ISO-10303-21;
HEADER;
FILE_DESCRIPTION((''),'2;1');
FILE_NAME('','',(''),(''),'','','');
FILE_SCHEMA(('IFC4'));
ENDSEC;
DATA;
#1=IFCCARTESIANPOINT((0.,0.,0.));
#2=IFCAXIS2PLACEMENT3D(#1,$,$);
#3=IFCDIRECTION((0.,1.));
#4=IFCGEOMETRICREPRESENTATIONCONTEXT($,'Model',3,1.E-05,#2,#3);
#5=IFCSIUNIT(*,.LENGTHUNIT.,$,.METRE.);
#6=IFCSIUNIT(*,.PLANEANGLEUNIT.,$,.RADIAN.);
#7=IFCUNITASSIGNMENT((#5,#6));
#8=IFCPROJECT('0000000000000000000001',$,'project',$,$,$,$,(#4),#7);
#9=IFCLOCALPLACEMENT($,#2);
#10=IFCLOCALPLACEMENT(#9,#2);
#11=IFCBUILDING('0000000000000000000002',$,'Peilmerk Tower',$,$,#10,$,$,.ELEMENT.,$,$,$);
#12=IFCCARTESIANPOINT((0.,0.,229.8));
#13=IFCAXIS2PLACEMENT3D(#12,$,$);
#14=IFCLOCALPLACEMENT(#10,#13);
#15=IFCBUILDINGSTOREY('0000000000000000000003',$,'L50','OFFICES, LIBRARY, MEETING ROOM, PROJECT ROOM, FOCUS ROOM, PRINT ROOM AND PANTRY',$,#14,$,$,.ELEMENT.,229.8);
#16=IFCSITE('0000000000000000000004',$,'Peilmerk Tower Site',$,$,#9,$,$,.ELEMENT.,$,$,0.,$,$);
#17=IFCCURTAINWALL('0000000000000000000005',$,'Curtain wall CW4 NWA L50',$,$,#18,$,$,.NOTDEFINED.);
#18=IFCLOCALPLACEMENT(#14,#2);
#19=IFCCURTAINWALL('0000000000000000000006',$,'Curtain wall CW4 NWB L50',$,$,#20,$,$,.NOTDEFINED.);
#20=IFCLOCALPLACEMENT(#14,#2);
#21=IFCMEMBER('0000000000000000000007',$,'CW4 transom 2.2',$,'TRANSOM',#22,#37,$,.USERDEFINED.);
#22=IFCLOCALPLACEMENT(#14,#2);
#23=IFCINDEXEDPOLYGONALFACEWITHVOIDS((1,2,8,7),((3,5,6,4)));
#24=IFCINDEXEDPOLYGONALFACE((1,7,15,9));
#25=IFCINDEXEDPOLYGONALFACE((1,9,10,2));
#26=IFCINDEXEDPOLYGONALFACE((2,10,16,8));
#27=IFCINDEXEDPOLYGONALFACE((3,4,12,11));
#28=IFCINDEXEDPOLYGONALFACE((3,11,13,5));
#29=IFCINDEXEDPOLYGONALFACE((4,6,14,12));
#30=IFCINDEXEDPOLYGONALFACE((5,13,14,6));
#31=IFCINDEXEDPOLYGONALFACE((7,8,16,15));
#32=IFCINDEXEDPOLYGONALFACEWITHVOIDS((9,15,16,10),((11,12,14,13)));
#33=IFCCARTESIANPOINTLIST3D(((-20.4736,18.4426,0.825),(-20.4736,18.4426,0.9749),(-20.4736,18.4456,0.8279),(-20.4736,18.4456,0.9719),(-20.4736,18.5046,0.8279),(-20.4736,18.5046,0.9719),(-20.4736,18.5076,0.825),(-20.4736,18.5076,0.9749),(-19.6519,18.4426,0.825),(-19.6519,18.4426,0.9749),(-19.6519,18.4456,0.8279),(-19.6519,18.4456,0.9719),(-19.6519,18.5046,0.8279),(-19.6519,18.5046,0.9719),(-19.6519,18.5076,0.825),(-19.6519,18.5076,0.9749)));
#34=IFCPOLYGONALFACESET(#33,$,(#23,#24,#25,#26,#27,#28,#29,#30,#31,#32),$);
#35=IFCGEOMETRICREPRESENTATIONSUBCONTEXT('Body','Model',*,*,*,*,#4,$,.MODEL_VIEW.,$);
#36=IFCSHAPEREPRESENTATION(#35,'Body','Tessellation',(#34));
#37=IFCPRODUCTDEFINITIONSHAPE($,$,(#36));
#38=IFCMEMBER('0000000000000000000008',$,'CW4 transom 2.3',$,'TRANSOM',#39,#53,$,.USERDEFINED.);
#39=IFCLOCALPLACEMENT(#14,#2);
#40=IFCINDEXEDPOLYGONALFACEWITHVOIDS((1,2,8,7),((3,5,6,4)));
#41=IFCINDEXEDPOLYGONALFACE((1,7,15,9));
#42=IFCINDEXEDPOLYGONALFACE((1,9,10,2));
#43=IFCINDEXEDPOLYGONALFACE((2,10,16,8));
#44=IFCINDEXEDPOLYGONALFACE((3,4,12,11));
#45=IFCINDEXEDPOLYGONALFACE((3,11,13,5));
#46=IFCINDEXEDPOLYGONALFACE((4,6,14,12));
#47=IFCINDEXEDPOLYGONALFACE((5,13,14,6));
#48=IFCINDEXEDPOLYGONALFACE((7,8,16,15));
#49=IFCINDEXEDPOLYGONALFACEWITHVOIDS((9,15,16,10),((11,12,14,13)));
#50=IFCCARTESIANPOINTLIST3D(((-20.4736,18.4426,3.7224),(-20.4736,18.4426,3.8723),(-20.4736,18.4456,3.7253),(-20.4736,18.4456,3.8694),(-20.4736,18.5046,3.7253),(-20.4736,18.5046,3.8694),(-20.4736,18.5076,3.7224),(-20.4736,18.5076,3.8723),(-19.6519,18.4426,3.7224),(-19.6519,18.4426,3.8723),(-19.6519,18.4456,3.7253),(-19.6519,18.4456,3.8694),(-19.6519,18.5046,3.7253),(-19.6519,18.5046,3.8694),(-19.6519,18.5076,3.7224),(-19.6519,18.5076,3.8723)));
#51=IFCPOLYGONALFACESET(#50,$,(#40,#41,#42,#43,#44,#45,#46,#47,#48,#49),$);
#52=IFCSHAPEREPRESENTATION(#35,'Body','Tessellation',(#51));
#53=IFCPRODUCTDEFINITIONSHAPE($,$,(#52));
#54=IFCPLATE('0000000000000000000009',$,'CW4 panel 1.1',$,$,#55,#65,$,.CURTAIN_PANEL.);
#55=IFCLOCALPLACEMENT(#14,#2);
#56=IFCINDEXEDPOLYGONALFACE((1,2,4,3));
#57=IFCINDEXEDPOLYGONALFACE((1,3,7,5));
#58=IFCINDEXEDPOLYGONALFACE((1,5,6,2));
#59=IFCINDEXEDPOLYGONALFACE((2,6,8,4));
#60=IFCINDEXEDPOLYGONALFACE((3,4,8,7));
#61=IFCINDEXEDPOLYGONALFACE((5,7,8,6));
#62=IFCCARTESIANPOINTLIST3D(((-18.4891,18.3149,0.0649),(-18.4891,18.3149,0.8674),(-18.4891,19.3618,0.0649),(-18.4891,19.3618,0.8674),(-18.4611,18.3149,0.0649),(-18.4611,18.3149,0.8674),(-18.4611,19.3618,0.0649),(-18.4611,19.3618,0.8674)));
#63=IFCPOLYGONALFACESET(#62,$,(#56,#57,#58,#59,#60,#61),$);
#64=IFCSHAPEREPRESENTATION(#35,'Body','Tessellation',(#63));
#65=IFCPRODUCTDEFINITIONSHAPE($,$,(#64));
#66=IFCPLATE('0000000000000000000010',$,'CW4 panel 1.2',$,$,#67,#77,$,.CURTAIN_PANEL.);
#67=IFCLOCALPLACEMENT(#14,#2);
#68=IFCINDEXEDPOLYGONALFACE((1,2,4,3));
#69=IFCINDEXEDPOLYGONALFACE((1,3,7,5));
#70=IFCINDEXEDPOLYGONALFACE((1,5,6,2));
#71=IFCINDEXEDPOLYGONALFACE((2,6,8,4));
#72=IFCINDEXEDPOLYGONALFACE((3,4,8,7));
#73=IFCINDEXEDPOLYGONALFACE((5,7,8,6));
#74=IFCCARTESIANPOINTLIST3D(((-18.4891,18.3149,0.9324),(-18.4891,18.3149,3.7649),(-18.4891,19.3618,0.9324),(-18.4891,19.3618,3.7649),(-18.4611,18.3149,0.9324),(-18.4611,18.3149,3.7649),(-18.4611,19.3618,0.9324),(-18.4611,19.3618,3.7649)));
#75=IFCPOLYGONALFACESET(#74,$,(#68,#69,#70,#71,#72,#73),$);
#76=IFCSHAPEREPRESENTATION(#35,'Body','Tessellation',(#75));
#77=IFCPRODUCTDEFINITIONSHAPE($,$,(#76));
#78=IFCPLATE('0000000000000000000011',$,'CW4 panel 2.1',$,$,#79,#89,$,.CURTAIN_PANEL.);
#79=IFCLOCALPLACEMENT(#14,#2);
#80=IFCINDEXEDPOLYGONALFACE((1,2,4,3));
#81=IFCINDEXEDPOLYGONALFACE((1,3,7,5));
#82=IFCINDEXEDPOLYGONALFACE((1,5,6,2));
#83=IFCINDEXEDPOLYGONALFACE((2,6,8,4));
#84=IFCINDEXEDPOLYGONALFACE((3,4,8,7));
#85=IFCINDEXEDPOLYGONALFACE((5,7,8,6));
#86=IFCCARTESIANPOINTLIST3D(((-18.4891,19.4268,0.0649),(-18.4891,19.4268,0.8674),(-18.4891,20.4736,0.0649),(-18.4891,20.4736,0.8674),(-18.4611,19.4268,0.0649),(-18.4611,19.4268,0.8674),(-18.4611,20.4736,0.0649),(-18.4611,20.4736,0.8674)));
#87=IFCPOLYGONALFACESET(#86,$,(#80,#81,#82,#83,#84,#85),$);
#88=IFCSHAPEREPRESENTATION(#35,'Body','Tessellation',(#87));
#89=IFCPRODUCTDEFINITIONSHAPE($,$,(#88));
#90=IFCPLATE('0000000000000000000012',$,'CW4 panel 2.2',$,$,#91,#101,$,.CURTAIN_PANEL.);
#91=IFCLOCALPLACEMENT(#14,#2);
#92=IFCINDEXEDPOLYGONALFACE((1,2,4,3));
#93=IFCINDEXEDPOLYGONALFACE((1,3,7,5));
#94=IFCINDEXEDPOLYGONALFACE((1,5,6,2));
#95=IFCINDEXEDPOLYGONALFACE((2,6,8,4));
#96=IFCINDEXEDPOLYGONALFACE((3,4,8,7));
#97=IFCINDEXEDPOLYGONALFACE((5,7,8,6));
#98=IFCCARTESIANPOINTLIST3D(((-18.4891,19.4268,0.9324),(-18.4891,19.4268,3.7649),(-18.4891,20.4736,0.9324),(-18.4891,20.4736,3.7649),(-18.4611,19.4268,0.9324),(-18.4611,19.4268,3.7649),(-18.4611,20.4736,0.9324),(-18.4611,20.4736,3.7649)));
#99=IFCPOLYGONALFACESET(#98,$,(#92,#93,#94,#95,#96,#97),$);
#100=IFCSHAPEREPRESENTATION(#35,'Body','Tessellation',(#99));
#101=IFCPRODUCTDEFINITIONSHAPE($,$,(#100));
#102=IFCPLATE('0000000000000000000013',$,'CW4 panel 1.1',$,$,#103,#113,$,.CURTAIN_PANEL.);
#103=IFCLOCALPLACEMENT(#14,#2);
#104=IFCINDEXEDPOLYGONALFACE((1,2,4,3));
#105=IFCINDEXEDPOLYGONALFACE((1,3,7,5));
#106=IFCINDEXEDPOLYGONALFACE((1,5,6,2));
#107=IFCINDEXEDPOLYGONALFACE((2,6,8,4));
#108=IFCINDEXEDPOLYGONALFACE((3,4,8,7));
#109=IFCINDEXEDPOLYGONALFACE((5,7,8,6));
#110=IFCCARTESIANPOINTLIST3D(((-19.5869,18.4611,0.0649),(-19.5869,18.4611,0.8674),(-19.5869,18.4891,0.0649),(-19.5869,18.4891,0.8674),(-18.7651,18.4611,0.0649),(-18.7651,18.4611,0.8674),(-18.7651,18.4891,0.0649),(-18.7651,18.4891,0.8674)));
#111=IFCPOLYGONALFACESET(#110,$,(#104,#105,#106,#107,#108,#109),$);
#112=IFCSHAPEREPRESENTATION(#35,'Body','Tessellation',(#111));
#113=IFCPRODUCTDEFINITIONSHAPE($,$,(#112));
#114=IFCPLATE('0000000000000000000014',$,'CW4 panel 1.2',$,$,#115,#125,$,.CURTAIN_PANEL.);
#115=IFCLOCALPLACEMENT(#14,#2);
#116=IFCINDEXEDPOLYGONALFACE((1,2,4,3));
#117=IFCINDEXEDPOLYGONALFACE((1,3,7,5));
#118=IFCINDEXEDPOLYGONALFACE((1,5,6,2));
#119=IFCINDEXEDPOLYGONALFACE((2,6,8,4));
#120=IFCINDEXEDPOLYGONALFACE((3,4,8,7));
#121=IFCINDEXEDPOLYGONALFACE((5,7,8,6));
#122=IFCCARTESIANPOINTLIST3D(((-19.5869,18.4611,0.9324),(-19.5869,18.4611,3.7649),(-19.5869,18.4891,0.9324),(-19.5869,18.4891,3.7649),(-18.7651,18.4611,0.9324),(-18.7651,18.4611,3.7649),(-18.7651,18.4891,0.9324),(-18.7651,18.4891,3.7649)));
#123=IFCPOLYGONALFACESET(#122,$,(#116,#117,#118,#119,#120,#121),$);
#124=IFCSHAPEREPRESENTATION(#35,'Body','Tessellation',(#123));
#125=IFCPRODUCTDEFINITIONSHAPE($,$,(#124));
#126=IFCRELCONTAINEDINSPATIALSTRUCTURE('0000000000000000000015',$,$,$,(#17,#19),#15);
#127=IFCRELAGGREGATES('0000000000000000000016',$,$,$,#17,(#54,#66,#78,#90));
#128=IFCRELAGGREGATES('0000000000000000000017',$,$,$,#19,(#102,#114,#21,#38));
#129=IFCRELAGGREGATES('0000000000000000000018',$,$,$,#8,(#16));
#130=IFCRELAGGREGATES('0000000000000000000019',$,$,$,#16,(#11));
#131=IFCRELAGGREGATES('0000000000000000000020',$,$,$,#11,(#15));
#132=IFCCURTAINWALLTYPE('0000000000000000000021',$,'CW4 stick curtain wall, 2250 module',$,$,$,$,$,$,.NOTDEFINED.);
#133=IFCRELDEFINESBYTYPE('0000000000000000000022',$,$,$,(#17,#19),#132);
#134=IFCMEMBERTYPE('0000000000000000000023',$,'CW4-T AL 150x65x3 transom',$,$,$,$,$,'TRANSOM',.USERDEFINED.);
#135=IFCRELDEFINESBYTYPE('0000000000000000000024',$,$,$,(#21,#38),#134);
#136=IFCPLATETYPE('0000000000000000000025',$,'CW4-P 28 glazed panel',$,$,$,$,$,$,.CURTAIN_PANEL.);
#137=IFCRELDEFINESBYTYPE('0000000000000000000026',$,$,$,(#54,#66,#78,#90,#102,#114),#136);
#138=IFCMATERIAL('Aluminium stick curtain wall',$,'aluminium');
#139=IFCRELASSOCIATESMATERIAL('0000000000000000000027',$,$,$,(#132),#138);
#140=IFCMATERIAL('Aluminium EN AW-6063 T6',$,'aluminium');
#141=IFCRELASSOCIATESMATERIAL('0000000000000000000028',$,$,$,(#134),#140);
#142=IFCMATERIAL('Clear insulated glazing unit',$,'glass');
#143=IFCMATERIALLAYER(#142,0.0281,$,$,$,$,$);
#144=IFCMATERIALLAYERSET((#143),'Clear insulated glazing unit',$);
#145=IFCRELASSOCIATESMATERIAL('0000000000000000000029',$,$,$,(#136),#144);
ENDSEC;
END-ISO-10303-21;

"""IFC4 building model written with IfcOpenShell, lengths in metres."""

from ifc_helpers import new_model, si_unit, direction, frame, origin, origin_2d, place, context, subcontext, project, spatial, rectangle, hollow_rectangle, extrude, material, layer, layer_set, material_profile, profile_set, type_object, element, aggregate, save


model = new_model("IFC4")

# Units and contexts
model_context = context("Model", 3, precision=1e-05, world=origin(), true_north=direction((0.0, 1.0)))
body_context = subcontext(model_context, "Body", "Model", "MODEL_VIEW")
ifc_project = project(units=[si_unit("LENGTHUNIT", "METRE"), si_unit("PLANEANGLEUNIT", "RADIAN")], contexts=[model_context])

# Site, building, storey
site_placement = place(None, origin())
site = spatial("IfcSite", under=ifc_project, at=site_placement, Name="Peilmerk Tower Site", CompositionType="ELEMENT", RefElevation=0.0)
building_placement = place(site_placement, origin())
building = spatial("IfcBuilding", under=site, at=building_placement, Name="Peilmerk Tower", CompositionType="ELEMENT")
storey_placement = place(building_placement, frame((0.0, 0.0, 229.8)))
storey = spatial("IfcBuildingStorey", under=building, at=storey_placement, Name="L50", Description="OFFICES, LIBRARY, MEETING ROOM, PROJECT ROOM, FOCUS ROOM, PRINT ROOM AND PANTRY", CompositionType="ELEMENT", Elevation=229.8)

# Curtain walls
ifc_material_1 = material(Name="Aluminium stick curtain wall", Category="aluminium")
curtain_wall_type = type_object("IfcCurtainWallType", Name="CW4 stick curtain wall, 2250 module", PredefinedType="NOTDEFINED", material=ifc_material_1)
curtain_wall_1_placement = place(storey_placement, origin())
curtain_wall_1 = element("IfcCurtainWall", 1, at=curtain_wall_1_placement, inside=storey, type_object=curtain_wall_type, Name="Curtain wall CW4 NWA L50", PredefinedType="NOTDEFINED")
ifc_material_2 = material(Name="Aluminium EN AW-6063 T6", Category="aluminium")
curtain_wall_2_placement = place(storey_placement, origin())
curtain_wall_2 = element("IfcCurtainWall", 2, at=curtain_wall_2_placement, inside=storey, type_object=curtain_wall_type, Name="Curtain wall CW4 NWB L50", PredefinedType="NOTDEFINED")

# Members
ifc_material_profile_1 = material_profile(ifc_material_2, hollow_rectangle(XDim=0.0649, YDim=0.1499, WallThickness=0.0029, at=origin_2d()), Name="AL 150x65x3")
ifc_profile_set_1 = profile_set([ifc_material_profile_1], Name="Aluminium EN AW-6063 T6")
member_type_1 = type_object("IfcMemberType", Name="CW4-T AL 150x65x3 transom", ElementType="TRANSOM", PredefinedType="USERDEFINED", material=ifc_profile_set_1)
member_1_placement = place(storey_placement, frame((-19.6519, 18.4751, 0.8999), z_axis=(-1.0, 0.0, 0.0), x_axis=(0.0, -1.0, 0.0)))
member_1 = element("IfcMember", 3, at=member_1_placement, type_object=member_type_1, Name="CW4 transom 2.2", ObjectType="TRANSOM", PredefinedType="USERDEFINED", context=body_context, shape_type="SweptSolid", body=[
    extrude(hollow_rectangle(XDim=0.0649, YDim=0.1499, WallThickness=0.0029, at=origin_2d()), origin(), (0.0, 0.0, 1.0), 0.8218),
])
member_2_placement = place(storey_placement, frame((-19.6519, 18.4751, 3.7974), z_axis=(-1.0, 0.0, 0.0), x_axis=(0.0, -1.0, 0.0)))
member_2 = element("IfcMember", 4, at=member_2_placement, type_object=member_type_1, Name="CW4 transom 2.3", ObjectType="TRANSOM", PredefinedType="USERDEFINED", context=body_context, shape_type="SweptSolid", body=[
    extrude(hollow_rectangle(XDim=0.0649, YDim=0.1499, WallThickness=0.0029, at=origin_2d()), origin(), (0.0, 0.0, 1.0), 0.8218),
])

# Plates
ifc_material_3 = material(Name="Clear insulated glazing unit", Category="glass")
ifc_layer_1 = layer(ifc_material_3, 0.0281)
ifc_layer_set_1 = layer_set([ifc_layer_1], Name="Clear insulated glazing unit")
plate_type = type_object("IfcPlateType", Name="CW4-P 28 glazed panel", PredefinedType="CURTAIN_PANEL", material=ifc_layer_set_1)
plate_1_placement = place(storey_placement, frame((-18.4751, 18.8384, 0.0649), z_axis=(0.0, 0.0, 1.0), x_axis=(0.0, 1.0, 0.0)))
plate_1 = element("IfcPlate", 5, at=plate_1_placement, type_object=plate_type, Name="CW4 panel 1.1", PredefinedType="CURTAIN_PANEL", context=body_context, shape_type="SweptSolid", body=[
    extrude(rectangle(XDim=1.0469, YDim=0.0281, at=origin_2d()), origin(), (0.0, 0.0, 1.0), 0.8025),
])
plate_2_placement = place(storey_placement, frame((-18.4751, 18.8384, 0.9324), z_axis=(0.0, 0.0, 1.0), x_axis=(0.0, 1.0, 0.0)))
plate_2 = element("IfcPlate", 6, at=plate_2_placement, type_object=plate_type, Name="CW4 panel 1.2", PredefinedType="CURTAIN_PANEL", context=body_context, shape_type="SweptSolid", body=[
    extrude(rectangle(XDim=1.0469, YDim=0.0281, at=origin_2d()), origin(), (0.0, 0.0, 1.0), 2.8325),
])
plate_3_placement = place(storey_placement, frame((-18.4751, 19.9502, 0.0649), z_axis=(0.0, 0.0, 1.0), x_axis=(0.0, 1.0, 0.0)))
plate_3 = element("IfcPlate", 7, at=plate_3_placement, type_object=plate_type, Name="CW4 panel 2.1", PredefinedType="CURTAIN_PANEL", context=body_context, shape_type="SweptSolid", body=[
    extrude(rectangle(XDim=1.0469, YDim=0.0281, at=origin_2d()), origin(), (0.0, 0.0, 1.0), 0.8025),
])
plate_4_placement = place(storey_placement, frame((-18.4751, 19.9502, 0.9324), z_axis=(0.0, 0.0, 1.0), x_axis=(0.0, 1.0, 0.0)))
plate_4 = element("IfcPlate", 8, at=plate_4_placement, type_object=plate_type, Name="CW4 panel 2.2", PredefinedType="CURTAIN_PANEL", context=body_context, shape_type="SweptSolid", body=[
    extrude(rectangle(XDim=1.0469, YDim=0.0281, at=origin_2d()), origin(), (0.0, 0.0, 1.0), 2.8325),
])
aggregate(curtain_wall_1, [plate_1, plate_2, plate_3, plate_4])
plate_5_placement = place(storey_placement, frame((-19.176, 18.4751, 0.0649), z_axis=(0.0, 0.0, 1.0), x_axis=(-1.0, 0.0, 0.0)))
plate_5 = element("IfcPlate", 9, at=plate_5_placement, type_object=plate_type, Name="CW4 panel 1.1", PredefinedType="CURTAIN_PANEL", context=body_context, shape_type="SweptSolid", body=[
    extrude(rectangle(XDim=0.8218, YDim=0.0281, at=origin_2d()), origin(), (0.0, 0.0, 1.0), 0.8025),
])
plate_6_placement = place(storey_placement, frame((-19.176, 18.4751, 0.9324), z_axis=(0.0, 0.0, 1.0), x_axis=(-1.0, 0.0, 0.0)))
plate_6 = element("IfcPlate", 10, at=plate_6_placement, type_object=plate_type, Name="CW4 panel 1.2", PredefinedType="CURTAIN_PANEL", context=body_context, shape_type="SweptSolid", body=[
    extrude(rectangle(XDim=0.8218, YDim=0.0281, at=origin_2d()), origin(), (0.0, 0.0, 1.0), 2.8325),
])
aggregate(curtain_wall_2, [plate_5, plate_6, member_1, member_2])

save(model, "model.ifc")
